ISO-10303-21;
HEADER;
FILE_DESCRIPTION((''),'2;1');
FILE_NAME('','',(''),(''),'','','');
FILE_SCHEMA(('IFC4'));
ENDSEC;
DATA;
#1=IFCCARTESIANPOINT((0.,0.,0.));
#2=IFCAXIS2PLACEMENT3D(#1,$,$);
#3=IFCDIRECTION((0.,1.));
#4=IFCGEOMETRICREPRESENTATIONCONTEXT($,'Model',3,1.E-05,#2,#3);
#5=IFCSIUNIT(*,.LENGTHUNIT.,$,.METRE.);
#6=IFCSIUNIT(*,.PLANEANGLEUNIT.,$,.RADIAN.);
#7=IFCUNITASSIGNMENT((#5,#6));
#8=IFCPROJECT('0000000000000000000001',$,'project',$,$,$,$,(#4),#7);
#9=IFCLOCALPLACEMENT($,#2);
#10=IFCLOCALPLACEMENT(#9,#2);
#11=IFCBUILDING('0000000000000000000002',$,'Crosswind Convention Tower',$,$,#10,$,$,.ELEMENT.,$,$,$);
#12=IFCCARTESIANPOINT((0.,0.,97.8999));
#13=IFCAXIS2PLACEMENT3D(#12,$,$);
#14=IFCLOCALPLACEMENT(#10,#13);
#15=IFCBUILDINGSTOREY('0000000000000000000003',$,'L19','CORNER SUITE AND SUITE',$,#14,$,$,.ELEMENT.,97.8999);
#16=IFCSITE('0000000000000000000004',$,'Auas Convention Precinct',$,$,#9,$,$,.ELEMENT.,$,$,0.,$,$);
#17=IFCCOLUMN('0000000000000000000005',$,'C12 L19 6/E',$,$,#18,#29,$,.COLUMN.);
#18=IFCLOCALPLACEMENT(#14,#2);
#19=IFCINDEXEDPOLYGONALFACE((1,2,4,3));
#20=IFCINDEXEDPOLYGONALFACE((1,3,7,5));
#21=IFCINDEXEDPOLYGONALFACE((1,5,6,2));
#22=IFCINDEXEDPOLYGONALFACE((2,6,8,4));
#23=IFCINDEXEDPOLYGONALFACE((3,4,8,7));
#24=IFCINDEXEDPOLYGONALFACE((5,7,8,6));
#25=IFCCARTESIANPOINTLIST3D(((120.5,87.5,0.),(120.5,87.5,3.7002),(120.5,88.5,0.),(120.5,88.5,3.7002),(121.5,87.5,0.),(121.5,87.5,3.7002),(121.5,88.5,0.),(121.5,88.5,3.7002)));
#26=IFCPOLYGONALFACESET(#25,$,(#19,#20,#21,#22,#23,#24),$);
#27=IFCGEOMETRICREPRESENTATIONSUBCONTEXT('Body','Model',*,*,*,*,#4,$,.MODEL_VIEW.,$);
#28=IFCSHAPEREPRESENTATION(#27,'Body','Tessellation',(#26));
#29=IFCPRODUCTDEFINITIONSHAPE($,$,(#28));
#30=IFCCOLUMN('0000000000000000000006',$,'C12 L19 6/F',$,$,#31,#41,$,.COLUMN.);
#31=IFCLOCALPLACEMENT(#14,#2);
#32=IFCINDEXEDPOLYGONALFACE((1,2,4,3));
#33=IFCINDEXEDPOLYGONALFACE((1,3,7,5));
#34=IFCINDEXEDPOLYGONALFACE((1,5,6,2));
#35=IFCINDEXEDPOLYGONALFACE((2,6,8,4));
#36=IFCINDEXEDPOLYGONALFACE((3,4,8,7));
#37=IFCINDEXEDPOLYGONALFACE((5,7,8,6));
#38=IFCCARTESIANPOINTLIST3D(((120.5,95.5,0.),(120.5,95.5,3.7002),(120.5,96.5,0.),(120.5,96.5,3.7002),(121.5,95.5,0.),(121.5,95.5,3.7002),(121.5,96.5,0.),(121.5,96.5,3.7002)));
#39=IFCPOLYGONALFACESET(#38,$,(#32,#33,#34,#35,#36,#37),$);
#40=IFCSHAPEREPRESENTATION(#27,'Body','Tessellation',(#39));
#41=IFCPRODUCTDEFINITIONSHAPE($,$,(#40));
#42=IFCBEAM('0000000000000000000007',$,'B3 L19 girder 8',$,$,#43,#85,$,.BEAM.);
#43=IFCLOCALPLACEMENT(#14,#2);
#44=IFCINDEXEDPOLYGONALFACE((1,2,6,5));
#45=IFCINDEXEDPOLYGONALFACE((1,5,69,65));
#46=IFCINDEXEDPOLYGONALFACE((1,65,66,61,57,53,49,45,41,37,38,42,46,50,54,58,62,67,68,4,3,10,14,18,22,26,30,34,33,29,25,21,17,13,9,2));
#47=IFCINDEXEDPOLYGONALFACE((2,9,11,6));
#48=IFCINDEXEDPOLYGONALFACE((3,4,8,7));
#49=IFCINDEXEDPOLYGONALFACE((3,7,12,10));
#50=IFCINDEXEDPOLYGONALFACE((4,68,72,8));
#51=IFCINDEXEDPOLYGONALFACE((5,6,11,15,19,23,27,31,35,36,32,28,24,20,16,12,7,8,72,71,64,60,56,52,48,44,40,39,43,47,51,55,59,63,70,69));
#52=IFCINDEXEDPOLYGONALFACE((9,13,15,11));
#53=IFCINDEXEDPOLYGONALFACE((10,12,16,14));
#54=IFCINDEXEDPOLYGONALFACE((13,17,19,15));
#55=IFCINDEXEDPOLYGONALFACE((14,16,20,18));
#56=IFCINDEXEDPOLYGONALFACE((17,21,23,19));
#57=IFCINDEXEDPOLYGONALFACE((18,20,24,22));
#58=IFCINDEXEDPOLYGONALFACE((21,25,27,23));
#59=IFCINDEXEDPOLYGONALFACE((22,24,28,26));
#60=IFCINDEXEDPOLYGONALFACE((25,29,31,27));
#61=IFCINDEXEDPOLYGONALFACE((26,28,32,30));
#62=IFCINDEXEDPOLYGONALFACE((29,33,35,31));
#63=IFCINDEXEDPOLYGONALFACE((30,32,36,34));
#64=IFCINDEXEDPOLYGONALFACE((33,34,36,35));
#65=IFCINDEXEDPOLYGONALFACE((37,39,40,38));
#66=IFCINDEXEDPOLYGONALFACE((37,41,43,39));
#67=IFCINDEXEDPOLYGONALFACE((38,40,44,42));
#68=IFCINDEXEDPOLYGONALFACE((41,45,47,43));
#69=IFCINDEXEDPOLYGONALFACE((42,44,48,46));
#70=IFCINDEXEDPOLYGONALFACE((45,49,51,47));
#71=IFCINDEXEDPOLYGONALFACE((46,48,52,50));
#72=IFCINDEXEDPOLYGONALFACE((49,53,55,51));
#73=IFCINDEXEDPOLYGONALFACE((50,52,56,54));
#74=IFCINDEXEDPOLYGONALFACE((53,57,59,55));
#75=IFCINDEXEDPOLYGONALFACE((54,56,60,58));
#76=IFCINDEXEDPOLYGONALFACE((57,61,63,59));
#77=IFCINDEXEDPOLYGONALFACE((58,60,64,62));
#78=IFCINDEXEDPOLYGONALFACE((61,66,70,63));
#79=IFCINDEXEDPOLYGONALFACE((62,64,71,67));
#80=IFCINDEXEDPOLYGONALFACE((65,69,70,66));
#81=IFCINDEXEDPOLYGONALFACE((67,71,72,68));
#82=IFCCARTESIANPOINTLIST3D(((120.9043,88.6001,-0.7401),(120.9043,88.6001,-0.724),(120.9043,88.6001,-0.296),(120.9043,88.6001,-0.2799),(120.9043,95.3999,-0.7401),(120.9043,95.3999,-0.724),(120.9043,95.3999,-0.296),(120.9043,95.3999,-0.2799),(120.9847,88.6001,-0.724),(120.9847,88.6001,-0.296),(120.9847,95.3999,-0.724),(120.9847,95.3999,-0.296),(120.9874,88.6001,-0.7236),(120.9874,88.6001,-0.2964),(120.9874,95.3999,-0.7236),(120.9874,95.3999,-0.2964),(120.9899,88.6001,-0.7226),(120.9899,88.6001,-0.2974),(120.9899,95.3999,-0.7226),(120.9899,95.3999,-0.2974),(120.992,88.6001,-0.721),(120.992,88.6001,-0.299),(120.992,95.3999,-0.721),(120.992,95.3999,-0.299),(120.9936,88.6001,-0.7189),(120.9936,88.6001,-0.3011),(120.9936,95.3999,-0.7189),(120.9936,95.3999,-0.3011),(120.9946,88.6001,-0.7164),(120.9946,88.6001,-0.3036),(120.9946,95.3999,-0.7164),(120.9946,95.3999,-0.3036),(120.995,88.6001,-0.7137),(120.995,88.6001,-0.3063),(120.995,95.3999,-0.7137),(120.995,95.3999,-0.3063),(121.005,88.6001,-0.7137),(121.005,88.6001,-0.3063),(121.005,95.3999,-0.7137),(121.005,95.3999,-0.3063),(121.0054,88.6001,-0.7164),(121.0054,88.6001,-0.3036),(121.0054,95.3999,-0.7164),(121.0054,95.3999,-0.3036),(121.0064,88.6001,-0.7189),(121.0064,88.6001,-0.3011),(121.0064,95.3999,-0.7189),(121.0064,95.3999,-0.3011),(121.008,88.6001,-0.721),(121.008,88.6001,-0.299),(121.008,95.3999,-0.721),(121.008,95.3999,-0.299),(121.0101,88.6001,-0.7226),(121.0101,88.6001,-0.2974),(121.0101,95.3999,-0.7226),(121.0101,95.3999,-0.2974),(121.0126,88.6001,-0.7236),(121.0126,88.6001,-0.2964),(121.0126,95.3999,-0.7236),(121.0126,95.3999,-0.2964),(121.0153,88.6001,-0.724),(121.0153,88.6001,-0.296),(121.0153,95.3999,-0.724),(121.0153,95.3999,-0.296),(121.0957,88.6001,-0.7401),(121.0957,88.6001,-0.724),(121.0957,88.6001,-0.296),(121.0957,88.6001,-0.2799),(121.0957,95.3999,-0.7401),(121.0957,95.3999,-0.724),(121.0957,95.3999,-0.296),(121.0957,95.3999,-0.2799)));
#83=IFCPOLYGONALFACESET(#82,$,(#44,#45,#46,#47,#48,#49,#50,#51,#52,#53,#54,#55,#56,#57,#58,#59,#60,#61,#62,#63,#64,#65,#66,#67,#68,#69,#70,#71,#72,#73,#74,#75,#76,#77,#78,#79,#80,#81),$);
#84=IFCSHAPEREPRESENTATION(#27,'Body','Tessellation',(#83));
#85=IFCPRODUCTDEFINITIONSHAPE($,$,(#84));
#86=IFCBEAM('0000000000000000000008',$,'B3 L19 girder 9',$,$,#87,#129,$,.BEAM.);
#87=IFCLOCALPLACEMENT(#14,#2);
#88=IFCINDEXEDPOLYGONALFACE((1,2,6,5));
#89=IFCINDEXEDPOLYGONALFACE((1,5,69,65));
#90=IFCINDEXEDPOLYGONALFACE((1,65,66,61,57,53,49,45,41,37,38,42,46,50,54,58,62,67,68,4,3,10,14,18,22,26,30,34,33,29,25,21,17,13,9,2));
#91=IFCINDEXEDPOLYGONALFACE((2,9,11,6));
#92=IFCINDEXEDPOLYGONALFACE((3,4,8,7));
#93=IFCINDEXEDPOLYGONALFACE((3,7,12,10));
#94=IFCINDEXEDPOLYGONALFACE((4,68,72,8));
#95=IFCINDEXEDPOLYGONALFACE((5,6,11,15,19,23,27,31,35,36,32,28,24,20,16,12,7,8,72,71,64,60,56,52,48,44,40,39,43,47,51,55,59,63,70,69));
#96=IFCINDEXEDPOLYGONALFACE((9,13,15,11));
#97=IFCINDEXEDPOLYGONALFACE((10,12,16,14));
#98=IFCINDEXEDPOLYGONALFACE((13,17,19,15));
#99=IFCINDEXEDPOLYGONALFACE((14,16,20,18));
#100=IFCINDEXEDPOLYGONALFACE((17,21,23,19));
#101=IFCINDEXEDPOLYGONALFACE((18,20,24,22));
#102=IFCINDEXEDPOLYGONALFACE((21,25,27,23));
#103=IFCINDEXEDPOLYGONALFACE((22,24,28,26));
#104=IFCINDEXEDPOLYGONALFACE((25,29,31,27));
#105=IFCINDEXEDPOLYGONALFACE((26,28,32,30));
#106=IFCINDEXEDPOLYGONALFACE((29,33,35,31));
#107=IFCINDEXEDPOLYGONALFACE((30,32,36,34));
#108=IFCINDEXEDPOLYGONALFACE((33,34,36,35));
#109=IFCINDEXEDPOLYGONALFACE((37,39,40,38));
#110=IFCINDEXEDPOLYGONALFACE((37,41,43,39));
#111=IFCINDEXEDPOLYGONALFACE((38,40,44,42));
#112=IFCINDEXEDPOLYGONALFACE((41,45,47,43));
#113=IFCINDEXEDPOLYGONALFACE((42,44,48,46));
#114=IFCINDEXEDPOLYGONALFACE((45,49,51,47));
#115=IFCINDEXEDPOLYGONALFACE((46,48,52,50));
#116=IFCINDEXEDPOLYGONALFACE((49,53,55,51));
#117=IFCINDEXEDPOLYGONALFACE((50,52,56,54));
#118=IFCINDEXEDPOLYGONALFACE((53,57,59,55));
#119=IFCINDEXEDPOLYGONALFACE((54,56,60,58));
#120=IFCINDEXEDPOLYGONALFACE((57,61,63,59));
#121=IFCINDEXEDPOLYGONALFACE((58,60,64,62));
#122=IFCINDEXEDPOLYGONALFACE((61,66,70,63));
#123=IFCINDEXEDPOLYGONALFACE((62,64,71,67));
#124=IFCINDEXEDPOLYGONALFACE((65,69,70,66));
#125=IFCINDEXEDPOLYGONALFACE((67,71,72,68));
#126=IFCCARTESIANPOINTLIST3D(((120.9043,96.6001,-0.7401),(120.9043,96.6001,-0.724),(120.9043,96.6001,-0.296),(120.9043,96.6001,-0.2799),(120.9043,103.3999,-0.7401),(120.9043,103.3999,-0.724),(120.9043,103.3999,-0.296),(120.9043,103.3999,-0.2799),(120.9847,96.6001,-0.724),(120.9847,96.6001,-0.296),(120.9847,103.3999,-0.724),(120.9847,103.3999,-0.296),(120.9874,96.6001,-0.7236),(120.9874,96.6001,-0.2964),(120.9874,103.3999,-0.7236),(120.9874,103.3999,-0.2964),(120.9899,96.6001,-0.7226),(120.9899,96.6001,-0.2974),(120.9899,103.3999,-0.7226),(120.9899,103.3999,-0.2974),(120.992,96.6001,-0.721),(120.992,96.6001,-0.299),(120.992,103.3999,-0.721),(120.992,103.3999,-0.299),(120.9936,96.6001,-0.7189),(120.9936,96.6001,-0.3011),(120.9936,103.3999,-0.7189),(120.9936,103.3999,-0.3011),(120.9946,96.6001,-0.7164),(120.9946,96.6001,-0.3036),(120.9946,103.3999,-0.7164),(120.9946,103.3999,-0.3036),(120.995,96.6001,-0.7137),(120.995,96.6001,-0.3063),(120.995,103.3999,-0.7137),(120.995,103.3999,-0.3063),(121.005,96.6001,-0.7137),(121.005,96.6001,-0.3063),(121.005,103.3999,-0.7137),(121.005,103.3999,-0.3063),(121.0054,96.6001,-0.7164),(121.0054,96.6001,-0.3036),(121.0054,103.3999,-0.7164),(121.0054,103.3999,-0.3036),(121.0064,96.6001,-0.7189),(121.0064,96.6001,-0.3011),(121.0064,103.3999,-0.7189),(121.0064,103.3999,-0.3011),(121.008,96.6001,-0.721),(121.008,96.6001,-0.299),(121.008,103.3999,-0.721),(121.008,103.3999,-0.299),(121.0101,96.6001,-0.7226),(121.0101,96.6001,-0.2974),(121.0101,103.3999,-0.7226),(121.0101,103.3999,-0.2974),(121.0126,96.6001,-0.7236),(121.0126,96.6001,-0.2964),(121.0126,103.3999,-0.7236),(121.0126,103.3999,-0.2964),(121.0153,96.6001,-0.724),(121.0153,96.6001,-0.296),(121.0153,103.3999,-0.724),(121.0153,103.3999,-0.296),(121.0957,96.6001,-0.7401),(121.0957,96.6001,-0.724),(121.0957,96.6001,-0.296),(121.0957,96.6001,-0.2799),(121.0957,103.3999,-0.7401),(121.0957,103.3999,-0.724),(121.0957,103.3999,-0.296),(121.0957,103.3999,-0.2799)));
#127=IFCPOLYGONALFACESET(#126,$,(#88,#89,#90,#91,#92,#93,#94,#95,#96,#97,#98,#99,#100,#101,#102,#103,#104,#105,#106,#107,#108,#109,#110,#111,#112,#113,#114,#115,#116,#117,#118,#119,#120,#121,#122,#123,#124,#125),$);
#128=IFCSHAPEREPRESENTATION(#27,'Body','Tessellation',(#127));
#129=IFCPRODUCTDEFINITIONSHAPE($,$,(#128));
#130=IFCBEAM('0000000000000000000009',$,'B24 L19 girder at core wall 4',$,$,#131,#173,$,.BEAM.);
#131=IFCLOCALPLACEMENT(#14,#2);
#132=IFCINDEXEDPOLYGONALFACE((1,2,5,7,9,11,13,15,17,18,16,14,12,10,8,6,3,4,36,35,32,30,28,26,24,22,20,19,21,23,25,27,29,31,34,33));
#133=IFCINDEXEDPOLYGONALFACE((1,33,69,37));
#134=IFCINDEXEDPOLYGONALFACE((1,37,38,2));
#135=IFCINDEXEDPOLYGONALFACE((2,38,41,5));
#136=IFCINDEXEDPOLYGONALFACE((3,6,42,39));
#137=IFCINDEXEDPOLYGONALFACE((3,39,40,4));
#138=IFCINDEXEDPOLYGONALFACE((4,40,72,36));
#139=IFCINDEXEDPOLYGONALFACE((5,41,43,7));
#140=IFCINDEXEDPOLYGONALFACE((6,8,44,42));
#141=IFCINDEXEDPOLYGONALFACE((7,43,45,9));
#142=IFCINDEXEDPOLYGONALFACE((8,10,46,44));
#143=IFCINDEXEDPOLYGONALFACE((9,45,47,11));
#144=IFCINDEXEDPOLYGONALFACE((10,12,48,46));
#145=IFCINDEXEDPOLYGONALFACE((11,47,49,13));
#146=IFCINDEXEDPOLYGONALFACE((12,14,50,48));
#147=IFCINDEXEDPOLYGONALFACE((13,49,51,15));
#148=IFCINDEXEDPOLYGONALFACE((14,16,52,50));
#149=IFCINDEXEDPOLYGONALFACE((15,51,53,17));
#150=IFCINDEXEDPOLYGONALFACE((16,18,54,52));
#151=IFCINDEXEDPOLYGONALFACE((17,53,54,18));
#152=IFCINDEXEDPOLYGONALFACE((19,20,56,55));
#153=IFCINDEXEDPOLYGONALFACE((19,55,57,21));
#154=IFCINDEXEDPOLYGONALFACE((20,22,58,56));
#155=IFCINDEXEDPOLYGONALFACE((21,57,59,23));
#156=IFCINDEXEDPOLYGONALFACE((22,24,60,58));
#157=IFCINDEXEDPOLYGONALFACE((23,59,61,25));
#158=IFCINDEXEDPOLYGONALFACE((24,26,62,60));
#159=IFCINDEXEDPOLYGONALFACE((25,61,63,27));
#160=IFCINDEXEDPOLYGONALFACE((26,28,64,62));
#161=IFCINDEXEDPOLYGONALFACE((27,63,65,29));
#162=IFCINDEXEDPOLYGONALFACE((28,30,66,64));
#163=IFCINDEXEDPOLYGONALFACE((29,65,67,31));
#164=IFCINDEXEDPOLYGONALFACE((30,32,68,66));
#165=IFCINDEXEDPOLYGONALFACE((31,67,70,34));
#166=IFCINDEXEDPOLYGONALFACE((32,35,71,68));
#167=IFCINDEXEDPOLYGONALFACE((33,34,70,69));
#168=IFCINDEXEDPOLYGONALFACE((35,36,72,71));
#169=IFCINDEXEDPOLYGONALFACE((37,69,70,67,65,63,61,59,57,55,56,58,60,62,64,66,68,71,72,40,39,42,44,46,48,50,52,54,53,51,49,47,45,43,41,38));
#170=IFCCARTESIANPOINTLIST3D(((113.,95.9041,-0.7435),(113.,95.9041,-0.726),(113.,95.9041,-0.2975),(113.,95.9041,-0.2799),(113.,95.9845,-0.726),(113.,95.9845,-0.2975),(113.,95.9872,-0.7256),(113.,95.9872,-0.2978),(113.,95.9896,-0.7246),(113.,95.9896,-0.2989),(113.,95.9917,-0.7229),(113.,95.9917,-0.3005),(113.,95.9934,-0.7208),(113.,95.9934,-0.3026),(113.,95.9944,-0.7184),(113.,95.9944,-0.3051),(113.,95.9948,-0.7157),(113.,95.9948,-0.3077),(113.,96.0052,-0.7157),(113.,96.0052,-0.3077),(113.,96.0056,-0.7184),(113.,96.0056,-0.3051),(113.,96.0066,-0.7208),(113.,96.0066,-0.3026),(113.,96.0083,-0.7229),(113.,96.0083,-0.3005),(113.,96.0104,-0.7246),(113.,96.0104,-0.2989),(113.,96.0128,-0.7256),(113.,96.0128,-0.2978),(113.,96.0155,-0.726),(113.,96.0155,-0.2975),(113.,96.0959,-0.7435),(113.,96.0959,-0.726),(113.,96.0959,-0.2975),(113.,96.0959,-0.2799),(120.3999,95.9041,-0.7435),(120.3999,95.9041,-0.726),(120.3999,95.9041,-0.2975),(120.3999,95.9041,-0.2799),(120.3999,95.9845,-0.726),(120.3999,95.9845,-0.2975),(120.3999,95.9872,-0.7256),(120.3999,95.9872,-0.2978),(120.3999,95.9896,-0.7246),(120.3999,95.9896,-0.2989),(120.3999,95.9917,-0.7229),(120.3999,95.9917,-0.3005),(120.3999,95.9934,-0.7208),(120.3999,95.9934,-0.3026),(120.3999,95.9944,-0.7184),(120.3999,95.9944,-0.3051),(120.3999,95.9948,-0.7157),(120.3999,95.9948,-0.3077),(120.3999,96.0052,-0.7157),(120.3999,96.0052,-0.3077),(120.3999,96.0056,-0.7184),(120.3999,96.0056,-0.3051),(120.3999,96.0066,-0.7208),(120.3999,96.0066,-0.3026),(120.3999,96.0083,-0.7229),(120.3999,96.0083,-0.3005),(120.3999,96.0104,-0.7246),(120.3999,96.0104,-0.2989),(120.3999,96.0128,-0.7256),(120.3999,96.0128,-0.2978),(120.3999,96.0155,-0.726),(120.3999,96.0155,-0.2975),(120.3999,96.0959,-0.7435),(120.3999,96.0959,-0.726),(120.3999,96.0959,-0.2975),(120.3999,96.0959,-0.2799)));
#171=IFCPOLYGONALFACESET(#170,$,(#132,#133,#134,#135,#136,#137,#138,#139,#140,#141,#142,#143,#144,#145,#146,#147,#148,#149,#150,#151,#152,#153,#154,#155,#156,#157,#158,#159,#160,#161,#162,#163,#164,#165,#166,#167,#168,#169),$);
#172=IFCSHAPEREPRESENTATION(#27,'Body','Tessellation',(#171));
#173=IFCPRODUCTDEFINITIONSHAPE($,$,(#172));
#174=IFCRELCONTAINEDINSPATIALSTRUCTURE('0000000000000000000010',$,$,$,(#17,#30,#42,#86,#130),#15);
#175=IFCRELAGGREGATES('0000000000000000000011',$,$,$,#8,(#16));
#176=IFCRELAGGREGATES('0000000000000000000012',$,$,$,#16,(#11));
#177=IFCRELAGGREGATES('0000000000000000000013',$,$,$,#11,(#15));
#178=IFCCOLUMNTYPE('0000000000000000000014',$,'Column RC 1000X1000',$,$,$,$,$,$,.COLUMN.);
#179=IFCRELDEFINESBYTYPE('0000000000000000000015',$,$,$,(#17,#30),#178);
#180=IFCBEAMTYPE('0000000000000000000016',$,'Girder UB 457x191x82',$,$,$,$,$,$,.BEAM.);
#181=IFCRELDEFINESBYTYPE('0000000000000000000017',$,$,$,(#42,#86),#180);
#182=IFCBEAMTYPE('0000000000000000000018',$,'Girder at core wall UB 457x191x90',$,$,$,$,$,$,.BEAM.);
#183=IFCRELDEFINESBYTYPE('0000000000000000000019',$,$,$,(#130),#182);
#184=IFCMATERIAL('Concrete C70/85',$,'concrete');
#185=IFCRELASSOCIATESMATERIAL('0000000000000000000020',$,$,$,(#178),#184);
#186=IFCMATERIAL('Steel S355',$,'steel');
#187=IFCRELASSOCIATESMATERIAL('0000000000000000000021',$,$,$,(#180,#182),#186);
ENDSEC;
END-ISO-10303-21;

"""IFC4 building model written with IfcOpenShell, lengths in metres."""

from ifc_helpers import new_model, si_unit, direction, frame, origin, origin_2d, place, context, subcontext, project, spatial, rectangle, i_section, extrude, material, material_profile, profile_set, type_object, element, save


model = new_model("IFC4")

# Units and contexts
model_context = context("Model", 3, precision=1e-05, world=origin(), true_north=direction((0.0, 1.0)))
body_context = subcontext(model_context, "Body", "Model", "MODEL_VIEW")
ifc_project = project(units=[si_unit("LENGTHUNIT", "METRE"), si_unit("PLANEANGLEUNIT", "RADIAN")], contexts=[model_context])

# Site, building, storey
site_placement = place(None, origin())
site = spatial("IfcSite", under=ifc_project, at=site_placement, Name="Auas Convention Precinct", CompositionType="ELEMENT", RefElevation=0.0)
building_placement = place(site_placement, origin())
building = spatial("IfcBuilding", under=site, at=building_placement, Name="Crosswind Convention Tower", CompositionType="ELEMENT")
storey_placement = place(building_placement, frame((0.0, 0.0, 97.8999)))
storey = spatial("IfcBuildingStorey", under=building, at=storey_placement, Name="L19", Description="CORNER SUITE AND SUITE", CompositionType="ELEMENT", Elevation=97.8999)

# Columns
ifc_material_1 = material(Name="Concrete C70/85", Category="concrete")
ifc_material_profile_1 = material_profile(ifc_material_1, rectangle(XDim=1.0, YDim=1.0, at=origin_2d()), Name="RC 1000X1000")
ifc_profile_set_1 = profile_set([ifc_material_profile_1], Name="Concrete C70/85")
column_type = type_object("IfcColumnType", Name="Column RC 1000X1000", PredefinedType="COLUMN", material=ifc_profile_set_1)
for number, where, z_axis, x_axis, name in (
    (1, (121.0, 88.0, 0.0), (0.0, 0.0, 1.0), (1.0, 0.0, 0.0), "C12 L19 6/E"),
    (2, (121.0, 96.0, 0.0), (0.0, 0.0, 1.0), (1.0, 0.0, 0.0), "C12 L19 6/F"),
):
    element("IfcColumn", number, at=place(storey_placement, frame(where, z_axis=z_axis, x_axis=x_axis)), inside=storey, type_object=column_type, Name=name, PredefinedType="COLUMN", context=body_context, shape_type="SweptSolid", body=[
        extrude(rectangle(XDim=1.0, YDim=1.0, at=origin_2d()), origin(), (0.0, 0.0, 1.0), 3.7002),
    ])

# Beams
ifc_material_2 = material(Name="Steel S355", Category="steel")
ifc_material_profile_2 = material_profile(ifc_material_2, i_section(OverallWidth=0.1914, OverallDepth=0.4602, WebThickness=0.01, FlangeThickness=0.0161, FilletRadius=0.0103, at=origin_2d()), Name="UB 457x191x82")
ifc_profile_set_2 = profile_set([ifc_material_profile_2], Name="Steel S355")
beam_type_1 = type_object("IfcBeamType", Name="Girder UB 457x191x82", PredefinedType="BEAM", material=ifc_profile_set_2)
for number, where, z_axis, x_axis, name in (
    (3, (121.0, 88.6001, -0.51), (0.0, 1.0, 0.0), (-1.0, 0.0, 0.0), "B3 L19 girder 8"),
    (4, (121.0, 96.6001, -0.51), (0.0, 1.0, 0.0), (-1.0, 0.0, 0.0), "B3 L19 girder 9"),
):
    element("IfcBeam", number, at=place(storey_placement, frame(where, z_axis=z_axis, x_axis=x_axis)), inside=storey, type_object=beam_type_1, Name=name, PredefinedType="BEAM", context=body_context, shape_type="SweptSolid", body=[
        extrude(i_section(OverallWidth=0.1914, OverallDepth=0.4602, WebThickness=0.01, FlangeThickness=0.0161, FilletRadius=0.0103, at=origin_2d()), origin(), (0.0, 0.0, 1.0), 6.7998),
    ])
ifc_material_profile_3 = material_profile(ifc_material_2, i_section(OverallWidth=0.1919, OverallDepth=0.4636, WebThickness=0.0105, FlangeThickness=0.0176, FilletRadius=0.0103, at=origin_2d()), Name="UB 457x191x90")
ifc_profile_set_3 = profile_set([ifc_material_profile_3], Name="Steel S355")
beam_type_2 = type_object("IfcBeamType", Name="Girder at core wall UB 457x191x90", PredefinedType="BEAM", material=ifc_profile_set_3)
beam_1_placement = place(storey_placement, frame((113.0, 96.0, -0.5117), z_axis=(1.0, 0.0, 0.0), x_axis=(0.0, 1.0, 0.0)))
element("IfcBeam", 5, at=beam_1_placement, inside=storey, type_object=beam_type_2, Name="B24 L19 girder at core wall 4", PredefinedType="BEAM", context=body_context, shape_type="SweptSolid", body=[
    extrude(i_section(OverallWidth=0.1919, OverallDepth=0.4636, WebThickness=0.0105, FlangeThickness=0.0176, FilletRadius=0.0103, at=origin_2d()), origin(), (0.0, 0.0, 1.0), 7.3999),
])

save(model, "model.ifc")
